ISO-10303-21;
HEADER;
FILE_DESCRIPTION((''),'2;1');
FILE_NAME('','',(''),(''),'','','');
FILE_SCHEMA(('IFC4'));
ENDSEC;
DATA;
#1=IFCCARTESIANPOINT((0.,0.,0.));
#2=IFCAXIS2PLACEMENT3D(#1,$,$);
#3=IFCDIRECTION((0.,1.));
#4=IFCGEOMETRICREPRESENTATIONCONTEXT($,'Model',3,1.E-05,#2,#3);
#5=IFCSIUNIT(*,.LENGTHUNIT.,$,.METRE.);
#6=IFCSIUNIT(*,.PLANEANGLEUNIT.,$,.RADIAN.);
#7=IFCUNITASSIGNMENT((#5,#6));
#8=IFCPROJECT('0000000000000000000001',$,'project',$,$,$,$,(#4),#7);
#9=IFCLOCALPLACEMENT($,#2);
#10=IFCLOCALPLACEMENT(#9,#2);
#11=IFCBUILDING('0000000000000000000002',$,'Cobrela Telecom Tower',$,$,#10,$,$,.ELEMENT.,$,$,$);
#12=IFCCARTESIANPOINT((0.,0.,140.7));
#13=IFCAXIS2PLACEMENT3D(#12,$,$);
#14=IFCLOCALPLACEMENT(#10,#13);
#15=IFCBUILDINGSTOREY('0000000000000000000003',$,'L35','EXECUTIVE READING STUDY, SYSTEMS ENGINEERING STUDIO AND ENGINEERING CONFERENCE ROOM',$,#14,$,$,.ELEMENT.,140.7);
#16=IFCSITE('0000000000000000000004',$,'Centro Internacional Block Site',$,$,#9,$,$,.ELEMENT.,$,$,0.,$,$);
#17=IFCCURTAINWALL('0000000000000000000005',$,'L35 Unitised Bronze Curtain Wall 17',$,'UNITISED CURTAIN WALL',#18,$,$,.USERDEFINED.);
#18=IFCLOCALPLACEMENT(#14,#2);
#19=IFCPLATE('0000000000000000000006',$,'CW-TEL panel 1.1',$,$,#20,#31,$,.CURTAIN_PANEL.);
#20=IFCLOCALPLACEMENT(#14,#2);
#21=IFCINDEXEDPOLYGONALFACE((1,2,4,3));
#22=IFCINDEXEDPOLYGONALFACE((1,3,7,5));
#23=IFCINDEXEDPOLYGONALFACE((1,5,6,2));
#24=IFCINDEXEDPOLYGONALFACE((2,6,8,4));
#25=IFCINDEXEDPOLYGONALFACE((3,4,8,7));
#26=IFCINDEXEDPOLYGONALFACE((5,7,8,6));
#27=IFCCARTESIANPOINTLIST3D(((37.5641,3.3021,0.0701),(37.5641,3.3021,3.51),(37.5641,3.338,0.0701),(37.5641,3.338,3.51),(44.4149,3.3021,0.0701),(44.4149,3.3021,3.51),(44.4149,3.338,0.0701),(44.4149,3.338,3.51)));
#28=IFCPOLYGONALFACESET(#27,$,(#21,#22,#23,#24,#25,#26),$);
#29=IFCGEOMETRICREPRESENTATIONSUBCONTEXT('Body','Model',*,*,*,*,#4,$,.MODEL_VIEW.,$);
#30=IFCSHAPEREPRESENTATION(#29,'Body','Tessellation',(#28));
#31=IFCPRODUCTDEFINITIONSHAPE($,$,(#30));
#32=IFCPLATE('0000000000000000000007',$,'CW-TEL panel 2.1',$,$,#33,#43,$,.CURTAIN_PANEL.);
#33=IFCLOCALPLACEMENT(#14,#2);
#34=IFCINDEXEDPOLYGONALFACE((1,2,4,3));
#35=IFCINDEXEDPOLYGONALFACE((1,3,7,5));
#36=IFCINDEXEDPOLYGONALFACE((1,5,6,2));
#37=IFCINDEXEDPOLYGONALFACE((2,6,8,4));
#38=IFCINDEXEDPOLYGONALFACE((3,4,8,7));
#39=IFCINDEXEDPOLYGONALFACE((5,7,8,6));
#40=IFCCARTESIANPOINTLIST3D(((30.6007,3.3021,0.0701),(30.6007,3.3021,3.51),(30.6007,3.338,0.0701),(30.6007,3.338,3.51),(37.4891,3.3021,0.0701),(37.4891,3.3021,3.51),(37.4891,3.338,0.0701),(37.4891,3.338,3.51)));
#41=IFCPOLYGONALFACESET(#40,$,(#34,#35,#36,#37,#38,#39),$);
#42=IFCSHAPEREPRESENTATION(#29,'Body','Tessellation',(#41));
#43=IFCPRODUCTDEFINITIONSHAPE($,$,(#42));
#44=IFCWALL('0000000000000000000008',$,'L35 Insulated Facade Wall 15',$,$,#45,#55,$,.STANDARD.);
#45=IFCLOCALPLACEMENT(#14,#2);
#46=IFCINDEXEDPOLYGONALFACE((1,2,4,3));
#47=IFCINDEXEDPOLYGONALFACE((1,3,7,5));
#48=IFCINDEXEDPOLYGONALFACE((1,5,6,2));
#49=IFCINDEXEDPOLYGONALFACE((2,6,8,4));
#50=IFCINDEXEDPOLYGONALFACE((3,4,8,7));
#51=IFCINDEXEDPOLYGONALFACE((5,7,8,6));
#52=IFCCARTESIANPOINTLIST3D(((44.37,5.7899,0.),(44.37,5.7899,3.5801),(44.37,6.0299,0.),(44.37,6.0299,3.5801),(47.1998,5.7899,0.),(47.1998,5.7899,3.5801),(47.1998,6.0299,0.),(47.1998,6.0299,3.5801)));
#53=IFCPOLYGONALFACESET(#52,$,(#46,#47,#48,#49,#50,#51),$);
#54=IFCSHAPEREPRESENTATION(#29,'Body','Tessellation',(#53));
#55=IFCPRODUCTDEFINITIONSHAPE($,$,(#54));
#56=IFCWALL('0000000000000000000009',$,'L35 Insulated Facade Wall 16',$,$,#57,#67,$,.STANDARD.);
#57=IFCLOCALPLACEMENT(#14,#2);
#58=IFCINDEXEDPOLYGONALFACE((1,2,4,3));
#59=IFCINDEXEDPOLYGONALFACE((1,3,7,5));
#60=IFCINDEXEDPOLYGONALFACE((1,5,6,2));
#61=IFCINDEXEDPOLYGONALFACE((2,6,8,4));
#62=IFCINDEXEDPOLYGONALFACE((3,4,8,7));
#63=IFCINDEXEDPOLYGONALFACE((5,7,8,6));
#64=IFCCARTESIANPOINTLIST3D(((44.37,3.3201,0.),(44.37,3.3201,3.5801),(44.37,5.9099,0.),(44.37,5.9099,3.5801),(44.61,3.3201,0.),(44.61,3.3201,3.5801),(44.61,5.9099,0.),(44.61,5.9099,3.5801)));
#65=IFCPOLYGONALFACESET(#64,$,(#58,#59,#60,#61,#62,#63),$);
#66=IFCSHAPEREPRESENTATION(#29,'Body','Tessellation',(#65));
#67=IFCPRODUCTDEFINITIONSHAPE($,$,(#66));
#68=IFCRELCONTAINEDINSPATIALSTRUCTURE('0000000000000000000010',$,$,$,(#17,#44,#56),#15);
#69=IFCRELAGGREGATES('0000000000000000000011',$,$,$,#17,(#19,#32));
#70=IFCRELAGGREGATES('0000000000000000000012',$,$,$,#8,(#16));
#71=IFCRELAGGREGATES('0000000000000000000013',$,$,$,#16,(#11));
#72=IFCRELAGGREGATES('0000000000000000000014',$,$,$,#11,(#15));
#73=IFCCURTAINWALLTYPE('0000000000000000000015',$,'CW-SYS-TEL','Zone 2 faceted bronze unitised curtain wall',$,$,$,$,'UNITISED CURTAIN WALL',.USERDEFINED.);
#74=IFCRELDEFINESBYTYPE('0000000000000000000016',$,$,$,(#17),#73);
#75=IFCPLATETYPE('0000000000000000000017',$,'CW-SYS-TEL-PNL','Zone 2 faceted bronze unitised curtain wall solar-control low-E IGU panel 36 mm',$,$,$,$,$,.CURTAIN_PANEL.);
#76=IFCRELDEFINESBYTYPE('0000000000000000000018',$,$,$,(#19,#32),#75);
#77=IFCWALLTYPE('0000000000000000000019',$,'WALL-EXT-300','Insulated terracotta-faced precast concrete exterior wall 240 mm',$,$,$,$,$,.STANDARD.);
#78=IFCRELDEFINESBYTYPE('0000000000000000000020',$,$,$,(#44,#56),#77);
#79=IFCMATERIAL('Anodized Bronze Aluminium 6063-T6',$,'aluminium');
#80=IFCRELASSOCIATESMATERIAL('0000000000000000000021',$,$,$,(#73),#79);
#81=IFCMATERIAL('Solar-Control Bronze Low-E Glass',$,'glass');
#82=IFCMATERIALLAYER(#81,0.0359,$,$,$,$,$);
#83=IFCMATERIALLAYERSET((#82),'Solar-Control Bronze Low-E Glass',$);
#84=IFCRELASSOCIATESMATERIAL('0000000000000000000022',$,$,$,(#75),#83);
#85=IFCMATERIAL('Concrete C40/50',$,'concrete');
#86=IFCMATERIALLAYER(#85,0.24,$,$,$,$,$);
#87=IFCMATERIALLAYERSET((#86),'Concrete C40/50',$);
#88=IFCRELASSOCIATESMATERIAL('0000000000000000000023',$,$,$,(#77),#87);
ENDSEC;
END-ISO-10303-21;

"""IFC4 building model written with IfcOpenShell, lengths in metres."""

from ifc_helpers import new_model, si_unit, direction, frame, frame_2d, origin, origin_2d, place, context, subcontext, project, spatial, rectangle, extrude, material, layer, layer_set, type_object, element, aggregate, save


model = new_model("IFC4")

# Units and contexts
model_context = context("Model", 3, precision=1e-05, world=origin(), true_north=direction((0.0, 1.0)))
body_context = subcontext(model_context, "Body", "Model", "MODEL_VIEW")
ifc_project = project(units=[si_unit("LENGTHUNIT", "METRE"), si_unit("PLANEANGLEUNIT", "RADIAN")], contexts=[model_context])

# Site, building, storey
site_placement = place(None, origin())
site = spatial("IfcSite", under=ifc_project, at=site_placement, Name="Centro Internacional Block Site", CompositionType="ELEMENT", RefElevation=0.0)
building_placement = place(site_placement, origin())
building = spatial("IfcBuilding", under=site, at=building_placement, Name="Cobrela Telecom Tower", CompositionType="ELEMENT")
storey_placement = place(building_placement, frame((0.0, 0.0, 140.7)))
storey = spatial("IfcBuildingStorey", under=building, at=storey_placement, Name="L35", Description="EXECUTIVE READING STUDY, SYSTEMS ENGINEERING STUDIO AND ENGINEERING CONFERENCE ROOM", CompositionType="ELEMENT", Elevation=140.7)

# Curtain wall
ifc_material_1 = material(Name="Anodized Bronze Aluminium 6063-T6", Category="aluminium")
curtain_wall_type = type_object("IfcCurtainWallType", Name="CW-SYS-TEL", Description="Zone 2 faceted bronze unitised curtain wall", ElementType="UNITISED CURTAIN WALL", PredefinedType="USERDEFINED", material=ifc_material_1)
curtain_wall_1_placement = place(storey_placement, origin())
curtain_wall_1 = element("IfcCurtainWall", 1, at=curtain_wall_1_placement, inside=storey, type_object=curtain_wall_type, Name="L35 Unitised Bronze Curtain Wall 17", ObjectType="UNITISED CURTAIN WALL", PredefinedType="USERDEFINED")

# Plates
ifc_material_2 = material(Name="Solar-Control Bronze Low-E Glass", Category="glass")
ifc_layer_1 = layer(ifc_material_2, 0.0359)
ifc_layer_set_1 = layer_set([ifc_layer_1], Name="Solar-Control Bronze Low-E Glass")
plate_type = type_object("IfcPlateType", Name="CW-SYS-TEL-PNL", Description="Zone 2 faceted bronze unitised curtain wall solar-control low-E IGU panel 36 mm", PredefinedType="CURTAIN_PANEL", material=ifc_layer_set_1)
plate_1_placement = place(storey_placement, frame((40.9895, 3.3201, 0.0701), z_axis=(0.0, 0.0, 1.0), x_axis=(-1.0, 0.0, 0.0)))
plate_1 = element("IfcPlate", 2, at=plate_1_placement, type_object=plate_type, Name="CW-TEL panel 1.1", PredefinedType="CURTAIN_PANEL", context=body_context, shape_type="SweptSolid", body=[
    extrude(rectangle(XDim=6.8508, YDim=0.0359, at=origin_2d()), origin(), (0.0, 0.0, 1.0), 3.4399),
])
plate_2_placement = place(storey_placement, frame((34.0449, 3.3201, 0.0701), z_axis=(0.0, 0.0, 1.0), x_axis=(-1.0, 0.0, 0.0)))
plate_2 = element("IfcPlate", 3, at=plate_2_placement, type_object=plate_type, Name="CW-TEL panel 2.1", PredefinedType="CURTAIN_PANEL", context=body_context, shape_type="SweptSolid", body=[
    extrude(rectangle(XDim=6.8884, YDim=0.0359, at=origin_2d()), origin(), (0.0, 0.0, 1.0), 3.4399),
])
aggregate(curtain_wall_1, [plate_1, plate_2])

# Walls
ifc_material_3 = material(Name="Concrete C40/50", Category="concrete")
ifc_layer_2 = layer(ifc_material_3, 0.24)
ifc_layer_set_2 = layer_set([ifc_layer_2], Name="Concrete C40/50")
wall_type = type_object("IfcWallType", Name="WALL-EXT-300", Description="Insulated terracotta-faced precast concrete exterior wall 240 mm", PredefinedType="STANDARD", material=ifc_layer_set_2)
wall_1_placement = place(storey_placement, frame((47.2, 5.9099, 0.0), z_axis=(0.0, 0.0, 1.0), x_axis=(-1.0, 0.0, 0.0)))
element("IfcWall", 4, at=wall_1_placement, inside=storey, type_object=wall_type, Name="L35 Insulated Facade Wall 15", PredefinedType="STANDARD", context=body_context, shape_type="SweptSolid", body=[
    extrude(rectangle(XDim=2.8298, YDim=0.24, at=frame_2d((1.415, 0.0))), origin(), (0.0, 0.0, 1.0), 3.5801),
])
wall_2_placement = place(storey_placement, frame((44.49, 5.9099, 0.0), z_axis=(0.0, 0.0, 1.0), x_axis=(0.0, -1.0, 0.0)))
element("IfcWall", 5, at=wall_2_placement, inside=storey, type_object=wall_type, Name="L35 Insulated Facade Wall 16", PredefinedType="STANDARD", context=body_context, shape_type="SweptSolid", body=[
    extrude(rectangle(XDim=2.5898, YDim=0.24, at=frame_2d((1.2949, 0.0))), origin(), (0.0, 0.0, 1.0), 3.5801),
])

save(model, "model.ifc")
